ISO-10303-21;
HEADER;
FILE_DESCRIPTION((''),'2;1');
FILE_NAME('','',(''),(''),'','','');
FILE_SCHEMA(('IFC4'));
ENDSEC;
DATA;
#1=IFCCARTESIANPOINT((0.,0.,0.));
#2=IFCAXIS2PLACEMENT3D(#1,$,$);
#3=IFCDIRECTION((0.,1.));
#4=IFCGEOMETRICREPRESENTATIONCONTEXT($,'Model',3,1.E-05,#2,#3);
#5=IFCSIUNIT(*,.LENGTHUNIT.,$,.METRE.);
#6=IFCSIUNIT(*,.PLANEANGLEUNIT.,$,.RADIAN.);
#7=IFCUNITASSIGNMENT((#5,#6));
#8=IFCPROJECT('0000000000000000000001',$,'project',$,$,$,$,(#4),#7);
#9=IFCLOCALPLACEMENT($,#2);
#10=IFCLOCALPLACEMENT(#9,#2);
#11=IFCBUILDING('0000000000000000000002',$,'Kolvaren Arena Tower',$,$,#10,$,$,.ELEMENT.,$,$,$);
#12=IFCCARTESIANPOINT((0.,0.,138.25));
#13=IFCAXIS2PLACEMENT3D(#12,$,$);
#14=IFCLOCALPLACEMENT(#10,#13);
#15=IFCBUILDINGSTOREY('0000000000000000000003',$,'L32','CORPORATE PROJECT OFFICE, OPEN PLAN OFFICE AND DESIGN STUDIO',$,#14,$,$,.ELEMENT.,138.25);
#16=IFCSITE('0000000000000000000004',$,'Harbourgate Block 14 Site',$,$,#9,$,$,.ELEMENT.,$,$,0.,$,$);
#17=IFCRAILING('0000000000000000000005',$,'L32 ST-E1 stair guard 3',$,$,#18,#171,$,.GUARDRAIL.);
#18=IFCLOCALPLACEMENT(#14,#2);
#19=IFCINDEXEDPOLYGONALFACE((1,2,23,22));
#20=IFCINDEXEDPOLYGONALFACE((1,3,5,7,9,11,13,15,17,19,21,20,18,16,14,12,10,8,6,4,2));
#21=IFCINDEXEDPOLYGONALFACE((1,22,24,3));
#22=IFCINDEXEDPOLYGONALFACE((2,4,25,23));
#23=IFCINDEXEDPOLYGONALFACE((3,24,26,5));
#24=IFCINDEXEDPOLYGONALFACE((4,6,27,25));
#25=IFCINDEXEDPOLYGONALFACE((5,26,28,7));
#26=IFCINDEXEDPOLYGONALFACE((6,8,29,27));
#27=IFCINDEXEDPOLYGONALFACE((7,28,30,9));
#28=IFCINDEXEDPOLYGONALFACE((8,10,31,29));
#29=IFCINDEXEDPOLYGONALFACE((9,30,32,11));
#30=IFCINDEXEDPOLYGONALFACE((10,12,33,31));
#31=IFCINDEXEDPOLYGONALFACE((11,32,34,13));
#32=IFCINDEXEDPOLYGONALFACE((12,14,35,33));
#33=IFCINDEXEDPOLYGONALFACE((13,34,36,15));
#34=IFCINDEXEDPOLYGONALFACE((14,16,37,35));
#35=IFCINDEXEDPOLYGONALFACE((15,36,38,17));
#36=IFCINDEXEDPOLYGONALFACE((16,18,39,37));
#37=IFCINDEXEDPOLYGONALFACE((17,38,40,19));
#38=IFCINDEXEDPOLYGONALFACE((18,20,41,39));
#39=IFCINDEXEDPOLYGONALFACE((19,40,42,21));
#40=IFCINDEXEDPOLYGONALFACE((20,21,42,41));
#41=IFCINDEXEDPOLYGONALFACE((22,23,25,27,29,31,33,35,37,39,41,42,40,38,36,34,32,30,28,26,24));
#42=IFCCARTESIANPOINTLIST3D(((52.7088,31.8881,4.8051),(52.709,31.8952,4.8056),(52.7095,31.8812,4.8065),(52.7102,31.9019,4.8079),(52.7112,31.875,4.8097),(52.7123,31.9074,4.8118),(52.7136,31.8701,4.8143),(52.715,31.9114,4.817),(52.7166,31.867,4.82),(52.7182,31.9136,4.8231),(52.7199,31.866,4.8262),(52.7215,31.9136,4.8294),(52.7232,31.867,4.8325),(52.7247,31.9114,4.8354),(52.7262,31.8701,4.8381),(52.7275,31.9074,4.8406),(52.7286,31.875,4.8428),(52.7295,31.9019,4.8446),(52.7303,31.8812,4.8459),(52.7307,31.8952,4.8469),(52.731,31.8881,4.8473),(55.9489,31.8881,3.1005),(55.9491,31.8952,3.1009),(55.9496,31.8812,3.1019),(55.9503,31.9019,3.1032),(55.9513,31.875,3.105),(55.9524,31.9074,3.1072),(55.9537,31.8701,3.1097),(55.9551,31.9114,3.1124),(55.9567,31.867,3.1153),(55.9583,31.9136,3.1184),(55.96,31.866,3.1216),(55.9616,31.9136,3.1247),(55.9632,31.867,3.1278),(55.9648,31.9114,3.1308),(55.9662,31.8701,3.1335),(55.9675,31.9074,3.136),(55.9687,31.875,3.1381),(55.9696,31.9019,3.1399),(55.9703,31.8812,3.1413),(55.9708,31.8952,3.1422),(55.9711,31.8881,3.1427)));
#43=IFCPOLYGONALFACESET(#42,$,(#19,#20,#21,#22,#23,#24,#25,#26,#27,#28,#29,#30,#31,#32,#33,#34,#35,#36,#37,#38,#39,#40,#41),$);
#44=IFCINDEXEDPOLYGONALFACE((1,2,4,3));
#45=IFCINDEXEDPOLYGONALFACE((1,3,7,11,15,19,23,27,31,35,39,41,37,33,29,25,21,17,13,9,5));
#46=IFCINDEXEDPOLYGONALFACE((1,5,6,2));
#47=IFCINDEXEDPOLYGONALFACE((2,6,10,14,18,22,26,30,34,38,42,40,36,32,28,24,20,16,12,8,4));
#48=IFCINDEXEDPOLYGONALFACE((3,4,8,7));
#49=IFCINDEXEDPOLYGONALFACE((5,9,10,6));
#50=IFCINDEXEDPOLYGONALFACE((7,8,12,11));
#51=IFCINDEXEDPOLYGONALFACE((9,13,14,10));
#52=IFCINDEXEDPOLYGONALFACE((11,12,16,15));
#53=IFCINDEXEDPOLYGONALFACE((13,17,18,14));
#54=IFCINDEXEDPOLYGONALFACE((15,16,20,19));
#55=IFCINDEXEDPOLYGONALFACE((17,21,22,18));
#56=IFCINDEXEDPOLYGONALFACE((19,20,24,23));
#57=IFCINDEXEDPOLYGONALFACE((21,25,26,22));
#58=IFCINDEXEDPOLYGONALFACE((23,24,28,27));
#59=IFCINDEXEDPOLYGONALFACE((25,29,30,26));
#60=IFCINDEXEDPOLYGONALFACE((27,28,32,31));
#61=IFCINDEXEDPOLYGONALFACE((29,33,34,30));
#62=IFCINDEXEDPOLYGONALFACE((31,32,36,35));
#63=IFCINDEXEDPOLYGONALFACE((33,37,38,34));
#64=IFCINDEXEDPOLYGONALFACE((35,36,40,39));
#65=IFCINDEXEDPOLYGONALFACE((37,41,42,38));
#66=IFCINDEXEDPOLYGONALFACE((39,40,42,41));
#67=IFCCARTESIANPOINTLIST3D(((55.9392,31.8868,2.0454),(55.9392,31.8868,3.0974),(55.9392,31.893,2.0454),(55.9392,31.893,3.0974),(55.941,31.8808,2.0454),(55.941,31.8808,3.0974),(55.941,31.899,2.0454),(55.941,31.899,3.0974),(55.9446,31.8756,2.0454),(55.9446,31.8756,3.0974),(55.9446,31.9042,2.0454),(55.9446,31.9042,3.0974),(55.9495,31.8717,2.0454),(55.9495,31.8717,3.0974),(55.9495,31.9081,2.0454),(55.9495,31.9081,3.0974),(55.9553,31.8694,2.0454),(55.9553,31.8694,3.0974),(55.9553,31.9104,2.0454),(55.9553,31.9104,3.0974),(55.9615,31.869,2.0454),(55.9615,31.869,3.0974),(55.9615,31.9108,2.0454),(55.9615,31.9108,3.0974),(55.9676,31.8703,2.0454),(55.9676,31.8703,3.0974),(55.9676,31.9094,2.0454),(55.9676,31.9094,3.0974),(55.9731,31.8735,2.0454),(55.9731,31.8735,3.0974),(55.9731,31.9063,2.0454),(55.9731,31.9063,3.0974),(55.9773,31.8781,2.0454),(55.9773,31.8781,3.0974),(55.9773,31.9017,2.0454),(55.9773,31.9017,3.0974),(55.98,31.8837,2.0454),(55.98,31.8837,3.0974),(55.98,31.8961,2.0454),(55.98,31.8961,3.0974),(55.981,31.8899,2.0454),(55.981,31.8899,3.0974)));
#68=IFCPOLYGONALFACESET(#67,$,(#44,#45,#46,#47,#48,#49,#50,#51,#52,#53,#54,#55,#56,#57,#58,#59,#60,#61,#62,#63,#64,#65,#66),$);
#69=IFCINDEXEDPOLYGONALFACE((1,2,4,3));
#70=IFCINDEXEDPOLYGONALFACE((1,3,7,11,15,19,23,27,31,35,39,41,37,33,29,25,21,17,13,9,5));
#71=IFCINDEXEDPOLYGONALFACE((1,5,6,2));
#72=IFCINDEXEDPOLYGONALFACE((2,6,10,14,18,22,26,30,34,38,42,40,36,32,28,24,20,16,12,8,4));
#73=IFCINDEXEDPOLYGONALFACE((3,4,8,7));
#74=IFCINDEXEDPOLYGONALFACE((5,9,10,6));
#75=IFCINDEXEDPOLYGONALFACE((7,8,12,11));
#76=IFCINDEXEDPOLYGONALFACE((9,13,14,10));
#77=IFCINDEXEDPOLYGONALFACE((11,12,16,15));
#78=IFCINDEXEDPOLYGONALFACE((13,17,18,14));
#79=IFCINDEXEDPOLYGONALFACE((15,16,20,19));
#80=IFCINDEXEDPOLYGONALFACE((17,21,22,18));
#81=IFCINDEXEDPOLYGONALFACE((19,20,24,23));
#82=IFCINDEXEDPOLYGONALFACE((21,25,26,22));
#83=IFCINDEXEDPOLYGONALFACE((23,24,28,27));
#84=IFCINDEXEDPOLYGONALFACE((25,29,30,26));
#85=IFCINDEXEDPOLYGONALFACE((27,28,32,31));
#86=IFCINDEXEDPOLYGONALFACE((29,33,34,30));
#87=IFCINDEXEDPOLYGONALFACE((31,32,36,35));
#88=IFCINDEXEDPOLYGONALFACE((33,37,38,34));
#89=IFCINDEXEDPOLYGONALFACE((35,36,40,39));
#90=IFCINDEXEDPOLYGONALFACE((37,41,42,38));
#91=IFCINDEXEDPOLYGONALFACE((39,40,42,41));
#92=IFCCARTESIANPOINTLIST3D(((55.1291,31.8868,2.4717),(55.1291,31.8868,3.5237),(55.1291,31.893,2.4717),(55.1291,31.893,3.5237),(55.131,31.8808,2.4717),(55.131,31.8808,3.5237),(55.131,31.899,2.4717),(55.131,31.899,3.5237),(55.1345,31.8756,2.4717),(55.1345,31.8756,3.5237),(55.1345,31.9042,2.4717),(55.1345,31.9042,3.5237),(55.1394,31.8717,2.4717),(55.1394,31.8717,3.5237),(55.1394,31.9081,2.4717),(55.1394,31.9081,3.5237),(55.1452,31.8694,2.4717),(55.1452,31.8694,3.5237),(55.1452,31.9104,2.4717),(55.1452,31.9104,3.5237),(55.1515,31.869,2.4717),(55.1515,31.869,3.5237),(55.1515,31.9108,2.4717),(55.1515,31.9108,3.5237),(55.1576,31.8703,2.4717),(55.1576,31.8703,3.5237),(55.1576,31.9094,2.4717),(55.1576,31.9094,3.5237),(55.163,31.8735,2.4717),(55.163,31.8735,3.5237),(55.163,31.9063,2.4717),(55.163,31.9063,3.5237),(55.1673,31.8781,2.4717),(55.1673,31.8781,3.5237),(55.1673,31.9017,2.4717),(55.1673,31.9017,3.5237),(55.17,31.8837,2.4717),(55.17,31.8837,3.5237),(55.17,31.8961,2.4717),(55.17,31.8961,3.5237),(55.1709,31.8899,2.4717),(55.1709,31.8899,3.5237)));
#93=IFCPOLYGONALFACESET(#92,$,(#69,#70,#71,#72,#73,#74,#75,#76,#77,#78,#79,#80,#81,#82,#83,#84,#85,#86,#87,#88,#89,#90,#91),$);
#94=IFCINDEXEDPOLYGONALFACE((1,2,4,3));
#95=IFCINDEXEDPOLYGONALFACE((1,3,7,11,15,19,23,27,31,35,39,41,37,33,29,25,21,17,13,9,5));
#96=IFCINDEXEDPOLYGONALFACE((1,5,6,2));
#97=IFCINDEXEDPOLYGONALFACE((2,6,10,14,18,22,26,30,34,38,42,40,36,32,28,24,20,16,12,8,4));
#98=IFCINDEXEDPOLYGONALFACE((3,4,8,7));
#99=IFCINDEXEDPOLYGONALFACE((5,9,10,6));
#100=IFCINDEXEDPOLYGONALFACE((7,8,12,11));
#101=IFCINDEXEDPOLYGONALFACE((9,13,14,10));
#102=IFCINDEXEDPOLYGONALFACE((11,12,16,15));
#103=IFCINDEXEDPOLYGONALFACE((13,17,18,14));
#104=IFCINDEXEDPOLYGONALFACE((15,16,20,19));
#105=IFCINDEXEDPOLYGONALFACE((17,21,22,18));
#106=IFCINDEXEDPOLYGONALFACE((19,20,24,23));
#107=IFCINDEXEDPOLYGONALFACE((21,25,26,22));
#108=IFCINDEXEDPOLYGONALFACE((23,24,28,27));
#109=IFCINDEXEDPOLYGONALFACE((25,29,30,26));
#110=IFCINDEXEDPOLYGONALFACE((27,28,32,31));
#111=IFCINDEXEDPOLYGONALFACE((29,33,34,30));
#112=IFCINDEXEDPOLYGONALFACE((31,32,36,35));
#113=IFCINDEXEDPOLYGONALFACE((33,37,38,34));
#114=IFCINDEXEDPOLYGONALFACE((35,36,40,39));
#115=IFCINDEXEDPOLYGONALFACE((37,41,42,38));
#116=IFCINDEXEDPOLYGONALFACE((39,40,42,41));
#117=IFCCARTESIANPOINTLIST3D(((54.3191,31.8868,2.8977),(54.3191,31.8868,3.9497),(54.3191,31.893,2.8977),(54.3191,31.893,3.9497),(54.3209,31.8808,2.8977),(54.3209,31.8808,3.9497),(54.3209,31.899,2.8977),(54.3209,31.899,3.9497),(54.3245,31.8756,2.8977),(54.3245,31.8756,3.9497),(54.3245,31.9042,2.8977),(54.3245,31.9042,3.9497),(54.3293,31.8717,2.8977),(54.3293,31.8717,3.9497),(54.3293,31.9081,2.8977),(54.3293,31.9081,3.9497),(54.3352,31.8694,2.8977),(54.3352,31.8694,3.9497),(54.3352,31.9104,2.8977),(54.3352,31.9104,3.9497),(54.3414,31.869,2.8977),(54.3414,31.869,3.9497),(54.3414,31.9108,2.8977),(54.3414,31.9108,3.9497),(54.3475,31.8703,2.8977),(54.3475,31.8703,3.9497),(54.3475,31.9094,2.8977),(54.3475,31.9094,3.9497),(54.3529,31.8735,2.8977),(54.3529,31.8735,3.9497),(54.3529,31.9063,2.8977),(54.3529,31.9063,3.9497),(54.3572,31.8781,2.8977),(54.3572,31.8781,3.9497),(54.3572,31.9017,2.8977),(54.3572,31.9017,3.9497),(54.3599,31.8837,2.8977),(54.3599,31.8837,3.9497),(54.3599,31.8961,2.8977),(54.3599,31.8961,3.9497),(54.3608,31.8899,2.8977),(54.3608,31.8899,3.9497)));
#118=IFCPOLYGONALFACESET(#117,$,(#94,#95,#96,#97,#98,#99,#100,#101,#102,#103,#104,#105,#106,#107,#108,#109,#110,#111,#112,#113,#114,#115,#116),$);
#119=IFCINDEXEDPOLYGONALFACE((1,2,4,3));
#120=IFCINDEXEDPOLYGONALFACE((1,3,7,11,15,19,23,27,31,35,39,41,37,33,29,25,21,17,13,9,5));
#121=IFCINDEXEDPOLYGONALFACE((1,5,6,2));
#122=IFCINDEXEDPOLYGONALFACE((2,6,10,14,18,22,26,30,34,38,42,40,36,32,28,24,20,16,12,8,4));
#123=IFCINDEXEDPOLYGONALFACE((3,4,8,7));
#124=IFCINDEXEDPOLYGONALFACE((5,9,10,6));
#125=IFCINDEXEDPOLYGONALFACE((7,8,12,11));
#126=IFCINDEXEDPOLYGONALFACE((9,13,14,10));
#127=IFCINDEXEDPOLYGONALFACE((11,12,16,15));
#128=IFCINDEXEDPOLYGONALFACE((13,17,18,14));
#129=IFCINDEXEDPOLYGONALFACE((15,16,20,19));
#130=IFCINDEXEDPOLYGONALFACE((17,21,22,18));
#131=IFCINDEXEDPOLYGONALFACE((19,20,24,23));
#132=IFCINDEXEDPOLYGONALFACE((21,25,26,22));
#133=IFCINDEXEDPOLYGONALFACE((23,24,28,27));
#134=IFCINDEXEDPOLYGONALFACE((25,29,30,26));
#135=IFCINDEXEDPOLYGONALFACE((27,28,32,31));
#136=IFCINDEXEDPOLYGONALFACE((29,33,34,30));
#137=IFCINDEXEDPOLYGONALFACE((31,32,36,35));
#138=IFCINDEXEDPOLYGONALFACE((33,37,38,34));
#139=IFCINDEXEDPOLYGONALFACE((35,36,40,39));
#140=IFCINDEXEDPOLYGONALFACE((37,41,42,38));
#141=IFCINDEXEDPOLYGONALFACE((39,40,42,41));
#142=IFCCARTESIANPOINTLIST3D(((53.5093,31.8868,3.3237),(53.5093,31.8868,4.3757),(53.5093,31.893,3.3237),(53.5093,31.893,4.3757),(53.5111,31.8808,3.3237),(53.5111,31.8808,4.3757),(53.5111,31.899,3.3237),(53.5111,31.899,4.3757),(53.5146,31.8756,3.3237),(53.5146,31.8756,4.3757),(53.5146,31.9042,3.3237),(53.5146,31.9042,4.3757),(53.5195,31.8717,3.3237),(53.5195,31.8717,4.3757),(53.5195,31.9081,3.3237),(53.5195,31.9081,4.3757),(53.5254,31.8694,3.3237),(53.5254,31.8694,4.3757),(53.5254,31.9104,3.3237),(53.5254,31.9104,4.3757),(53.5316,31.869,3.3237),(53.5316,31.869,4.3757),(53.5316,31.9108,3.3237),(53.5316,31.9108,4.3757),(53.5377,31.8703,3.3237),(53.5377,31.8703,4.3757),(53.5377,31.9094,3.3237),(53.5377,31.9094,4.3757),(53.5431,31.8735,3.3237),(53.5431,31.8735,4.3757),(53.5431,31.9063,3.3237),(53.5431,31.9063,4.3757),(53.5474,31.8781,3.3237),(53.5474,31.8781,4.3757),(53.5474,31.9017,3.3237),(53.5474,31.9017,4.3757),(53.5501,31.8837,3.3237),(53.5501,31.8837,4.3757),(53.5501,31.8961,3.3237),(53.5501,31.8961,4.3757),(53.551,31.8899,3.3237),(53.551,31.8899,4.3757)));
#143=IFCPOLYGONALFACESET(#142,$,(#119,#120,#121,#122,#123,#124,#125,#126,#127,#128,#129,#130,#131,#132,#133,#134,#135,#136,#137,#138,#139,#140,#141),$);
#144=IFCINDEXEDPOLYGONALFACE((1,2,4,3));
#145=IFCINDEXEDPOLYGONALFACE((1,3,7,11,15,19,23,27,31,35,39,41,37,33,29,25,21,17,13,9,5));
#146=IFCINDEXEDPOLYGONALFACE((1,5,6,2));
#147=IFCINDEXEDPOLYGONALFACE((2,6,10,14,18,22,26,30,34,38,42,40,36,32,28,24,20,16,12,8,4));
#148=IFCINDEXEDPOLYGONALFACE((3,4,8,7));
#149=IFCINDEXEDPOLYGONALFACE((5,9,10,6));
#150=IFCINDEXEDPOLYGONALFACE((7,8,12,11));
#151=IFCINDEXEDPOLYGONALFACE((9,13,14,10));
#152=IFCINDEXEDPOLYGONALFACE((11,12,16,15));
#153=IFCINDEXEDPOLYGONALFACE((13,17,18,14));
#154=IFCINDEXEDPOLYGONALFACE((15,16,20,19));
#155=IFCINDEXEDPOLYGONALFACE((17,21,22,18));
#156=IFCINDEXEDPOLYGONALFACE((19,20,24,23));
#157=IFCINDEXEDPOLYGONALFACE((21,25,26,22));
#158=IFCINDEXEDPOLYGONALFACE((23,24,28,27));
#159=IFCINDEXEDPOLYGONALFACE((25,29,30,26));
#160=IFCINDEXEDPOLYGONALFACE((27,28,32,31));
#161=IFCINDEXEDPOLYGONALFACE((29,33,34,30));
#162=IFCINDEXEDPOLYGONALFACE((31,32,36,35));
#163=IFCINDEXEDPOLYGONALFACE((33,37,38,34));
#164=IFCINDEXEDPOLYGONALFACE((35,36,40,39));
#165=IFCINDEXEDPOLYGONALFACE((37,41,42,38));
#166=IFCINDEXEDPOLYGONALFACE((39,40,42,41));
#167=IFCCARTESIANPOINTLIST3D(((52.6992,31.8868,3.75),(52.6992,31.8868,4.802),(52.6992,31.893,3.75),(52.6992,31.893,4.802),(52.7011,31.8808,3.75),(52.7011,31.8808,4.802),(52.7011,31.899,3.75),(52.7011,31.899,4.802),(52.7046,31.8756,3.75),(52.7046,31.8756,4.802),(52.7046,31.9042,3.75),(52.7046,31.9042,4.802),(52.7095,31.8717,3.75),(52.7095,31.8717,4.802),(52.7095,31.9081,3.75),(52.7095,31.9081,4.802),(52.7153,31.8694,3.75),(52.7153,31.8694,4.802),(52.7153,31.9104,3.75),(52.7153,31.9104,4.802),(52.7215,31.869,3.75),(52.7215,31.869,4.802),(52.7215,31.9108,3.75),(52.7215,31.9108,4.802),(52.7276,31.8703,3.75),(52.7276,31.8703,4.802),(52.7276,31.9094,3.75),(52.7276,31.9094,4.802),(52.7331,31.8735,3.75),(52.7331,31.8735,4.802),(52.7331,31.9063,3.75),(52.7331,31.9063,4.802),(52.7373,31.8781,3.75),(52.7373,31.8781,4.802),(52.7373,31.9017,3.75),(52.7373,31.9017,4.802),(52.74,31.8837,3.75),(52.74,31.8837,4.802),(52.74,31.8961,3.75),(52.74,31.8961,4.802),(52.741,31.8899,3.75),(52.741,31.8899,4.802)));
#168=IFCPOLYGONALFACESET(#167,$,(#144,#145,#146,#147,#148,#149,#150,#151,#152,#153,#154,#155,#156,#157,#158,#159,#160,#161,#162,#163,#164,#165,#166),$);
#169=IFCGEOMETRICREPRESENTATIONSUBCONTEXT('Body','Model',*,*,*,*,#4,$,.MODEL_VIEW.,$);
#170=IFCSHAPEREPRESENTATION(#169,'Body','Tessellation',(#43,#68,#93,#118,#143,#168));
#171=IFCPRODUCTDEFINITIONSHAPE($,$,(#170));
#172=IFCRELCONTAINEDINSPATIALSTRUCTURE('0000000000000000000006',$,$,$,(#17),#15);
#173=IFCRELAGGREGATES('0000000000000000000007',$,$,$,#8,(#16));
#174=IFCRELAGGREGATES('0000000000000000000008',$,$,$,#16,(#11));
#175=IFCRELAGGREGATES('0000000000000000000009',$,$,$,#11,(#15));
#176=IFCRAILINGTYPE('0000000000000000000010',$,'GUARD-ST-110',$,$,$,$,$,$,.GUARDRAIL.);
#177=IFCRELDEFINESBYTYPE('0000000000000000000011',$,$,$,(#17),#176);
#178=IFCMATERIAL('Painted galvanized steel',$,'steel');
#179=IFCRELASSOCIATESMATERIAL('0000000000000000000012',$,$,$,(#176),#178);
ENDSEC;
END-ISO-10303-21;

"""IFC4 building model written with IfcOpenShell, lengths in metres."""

from ifc_helpers import new_model, si_unit, direction, frame, origin, origin_2d, place, context, subcontext, project, spatial, circle, extrude, material, type_object, element, save


model = new_model("IFC4")

# Units and contexts
model_context = context("Model", 3, precision=1e-05, world=origin(), true_north=direction((0.0, 1.0)))
body_context = subcontext(model_context, "Body", "Model", "MODEL_VIEW")
ifc_project = project(units=[si_unit("LENGTHUNIT", "METRE"), si_unit("PLANEANGLEUNIT", "RADIAN")], contexts=[model_context])

# Site, building, storey
site_placement = place(None, origin())
site = spatial("IfcSite", under=ifc_project, at=site_placement, Name="Harbourgate Block 14 Site", CompositionType="ELEMENT", RefElevation=0.0)
building_placement = place(site_placement, origin())
building = spatial("IfcBuilding", under=site, at=building_placement, Name="Kolvaren Arena Tower", CompositionType="ELEMENT")
storey_placement = place(building_placement, frame((0.0, 0.0, 138.25)))
storey = spatial("IfcBuildingStorey", under=building, at=storey_placement, Name="L32", Description="CORPORATE PROJECT OFFICE, OPEN PLAN OFFICE AND DESIGN STUDIO", CompositionType="ELEMENT", Elevation=138.25)

# Railing
ifc_material_1 = material(Name="Painted galvanized steel", Category="steel")
railing_type_1 = type_object("IfcRailingType", Name="GUARD-ST-110", PredefinedType="GUARDRAIL", material=ifc_material_1)
railing_1_placement = place(storey_placement, frame((55.96, 31.8899, 2.0454)))
element("IfcRailing", 1, at=railing_1_placement, inside=storey, type_object=railing_type_1, Name="L32 ST-E1 stair guard 3", PredefinedType="GUARDRAIL", context=body_context, shape_type="SweptSolid", body=[
    extrude(circle(Radius=0.0239, at=origin_2d()), frame((0.0, 0.0, 1.0762), z_axis=(-0.884993, 0.0, 0.465604), x_axis=(0.0, -1.0, 0.0)), (0.0, 0.0, 1.0), 3.6611),
    extrude(circle(Radius=0.021, at=origin_2d()), origin(), (0.0, 0.0, 1.0), 1.052),
    extrude(circle(Radius=0.021, at=origin_2d()), frame((-0.8101, 0.0, 0.4263)), (0.0, 0.0, 1.0), 1.052),
    extrude(circle(Radius=0.021, at=origin_2d()), frame((-1.6201, 0.0, 0.8523)), (0.0, 0.0, 1.0), 1.052),
    extrude(circle(Radius=0.021, at=origin_2d()), frame((-2.4299, 0.0, 1.2783)), (0.0, 0.0, 1.0), 1.052),
    extrude(circle(Radius=0.021, at=origin_2d()), frame((-3.24, 0.0, 1.7046)), (0.0, 0.0, 1.0), 1.052),
])

save(model, "model.ifc")
